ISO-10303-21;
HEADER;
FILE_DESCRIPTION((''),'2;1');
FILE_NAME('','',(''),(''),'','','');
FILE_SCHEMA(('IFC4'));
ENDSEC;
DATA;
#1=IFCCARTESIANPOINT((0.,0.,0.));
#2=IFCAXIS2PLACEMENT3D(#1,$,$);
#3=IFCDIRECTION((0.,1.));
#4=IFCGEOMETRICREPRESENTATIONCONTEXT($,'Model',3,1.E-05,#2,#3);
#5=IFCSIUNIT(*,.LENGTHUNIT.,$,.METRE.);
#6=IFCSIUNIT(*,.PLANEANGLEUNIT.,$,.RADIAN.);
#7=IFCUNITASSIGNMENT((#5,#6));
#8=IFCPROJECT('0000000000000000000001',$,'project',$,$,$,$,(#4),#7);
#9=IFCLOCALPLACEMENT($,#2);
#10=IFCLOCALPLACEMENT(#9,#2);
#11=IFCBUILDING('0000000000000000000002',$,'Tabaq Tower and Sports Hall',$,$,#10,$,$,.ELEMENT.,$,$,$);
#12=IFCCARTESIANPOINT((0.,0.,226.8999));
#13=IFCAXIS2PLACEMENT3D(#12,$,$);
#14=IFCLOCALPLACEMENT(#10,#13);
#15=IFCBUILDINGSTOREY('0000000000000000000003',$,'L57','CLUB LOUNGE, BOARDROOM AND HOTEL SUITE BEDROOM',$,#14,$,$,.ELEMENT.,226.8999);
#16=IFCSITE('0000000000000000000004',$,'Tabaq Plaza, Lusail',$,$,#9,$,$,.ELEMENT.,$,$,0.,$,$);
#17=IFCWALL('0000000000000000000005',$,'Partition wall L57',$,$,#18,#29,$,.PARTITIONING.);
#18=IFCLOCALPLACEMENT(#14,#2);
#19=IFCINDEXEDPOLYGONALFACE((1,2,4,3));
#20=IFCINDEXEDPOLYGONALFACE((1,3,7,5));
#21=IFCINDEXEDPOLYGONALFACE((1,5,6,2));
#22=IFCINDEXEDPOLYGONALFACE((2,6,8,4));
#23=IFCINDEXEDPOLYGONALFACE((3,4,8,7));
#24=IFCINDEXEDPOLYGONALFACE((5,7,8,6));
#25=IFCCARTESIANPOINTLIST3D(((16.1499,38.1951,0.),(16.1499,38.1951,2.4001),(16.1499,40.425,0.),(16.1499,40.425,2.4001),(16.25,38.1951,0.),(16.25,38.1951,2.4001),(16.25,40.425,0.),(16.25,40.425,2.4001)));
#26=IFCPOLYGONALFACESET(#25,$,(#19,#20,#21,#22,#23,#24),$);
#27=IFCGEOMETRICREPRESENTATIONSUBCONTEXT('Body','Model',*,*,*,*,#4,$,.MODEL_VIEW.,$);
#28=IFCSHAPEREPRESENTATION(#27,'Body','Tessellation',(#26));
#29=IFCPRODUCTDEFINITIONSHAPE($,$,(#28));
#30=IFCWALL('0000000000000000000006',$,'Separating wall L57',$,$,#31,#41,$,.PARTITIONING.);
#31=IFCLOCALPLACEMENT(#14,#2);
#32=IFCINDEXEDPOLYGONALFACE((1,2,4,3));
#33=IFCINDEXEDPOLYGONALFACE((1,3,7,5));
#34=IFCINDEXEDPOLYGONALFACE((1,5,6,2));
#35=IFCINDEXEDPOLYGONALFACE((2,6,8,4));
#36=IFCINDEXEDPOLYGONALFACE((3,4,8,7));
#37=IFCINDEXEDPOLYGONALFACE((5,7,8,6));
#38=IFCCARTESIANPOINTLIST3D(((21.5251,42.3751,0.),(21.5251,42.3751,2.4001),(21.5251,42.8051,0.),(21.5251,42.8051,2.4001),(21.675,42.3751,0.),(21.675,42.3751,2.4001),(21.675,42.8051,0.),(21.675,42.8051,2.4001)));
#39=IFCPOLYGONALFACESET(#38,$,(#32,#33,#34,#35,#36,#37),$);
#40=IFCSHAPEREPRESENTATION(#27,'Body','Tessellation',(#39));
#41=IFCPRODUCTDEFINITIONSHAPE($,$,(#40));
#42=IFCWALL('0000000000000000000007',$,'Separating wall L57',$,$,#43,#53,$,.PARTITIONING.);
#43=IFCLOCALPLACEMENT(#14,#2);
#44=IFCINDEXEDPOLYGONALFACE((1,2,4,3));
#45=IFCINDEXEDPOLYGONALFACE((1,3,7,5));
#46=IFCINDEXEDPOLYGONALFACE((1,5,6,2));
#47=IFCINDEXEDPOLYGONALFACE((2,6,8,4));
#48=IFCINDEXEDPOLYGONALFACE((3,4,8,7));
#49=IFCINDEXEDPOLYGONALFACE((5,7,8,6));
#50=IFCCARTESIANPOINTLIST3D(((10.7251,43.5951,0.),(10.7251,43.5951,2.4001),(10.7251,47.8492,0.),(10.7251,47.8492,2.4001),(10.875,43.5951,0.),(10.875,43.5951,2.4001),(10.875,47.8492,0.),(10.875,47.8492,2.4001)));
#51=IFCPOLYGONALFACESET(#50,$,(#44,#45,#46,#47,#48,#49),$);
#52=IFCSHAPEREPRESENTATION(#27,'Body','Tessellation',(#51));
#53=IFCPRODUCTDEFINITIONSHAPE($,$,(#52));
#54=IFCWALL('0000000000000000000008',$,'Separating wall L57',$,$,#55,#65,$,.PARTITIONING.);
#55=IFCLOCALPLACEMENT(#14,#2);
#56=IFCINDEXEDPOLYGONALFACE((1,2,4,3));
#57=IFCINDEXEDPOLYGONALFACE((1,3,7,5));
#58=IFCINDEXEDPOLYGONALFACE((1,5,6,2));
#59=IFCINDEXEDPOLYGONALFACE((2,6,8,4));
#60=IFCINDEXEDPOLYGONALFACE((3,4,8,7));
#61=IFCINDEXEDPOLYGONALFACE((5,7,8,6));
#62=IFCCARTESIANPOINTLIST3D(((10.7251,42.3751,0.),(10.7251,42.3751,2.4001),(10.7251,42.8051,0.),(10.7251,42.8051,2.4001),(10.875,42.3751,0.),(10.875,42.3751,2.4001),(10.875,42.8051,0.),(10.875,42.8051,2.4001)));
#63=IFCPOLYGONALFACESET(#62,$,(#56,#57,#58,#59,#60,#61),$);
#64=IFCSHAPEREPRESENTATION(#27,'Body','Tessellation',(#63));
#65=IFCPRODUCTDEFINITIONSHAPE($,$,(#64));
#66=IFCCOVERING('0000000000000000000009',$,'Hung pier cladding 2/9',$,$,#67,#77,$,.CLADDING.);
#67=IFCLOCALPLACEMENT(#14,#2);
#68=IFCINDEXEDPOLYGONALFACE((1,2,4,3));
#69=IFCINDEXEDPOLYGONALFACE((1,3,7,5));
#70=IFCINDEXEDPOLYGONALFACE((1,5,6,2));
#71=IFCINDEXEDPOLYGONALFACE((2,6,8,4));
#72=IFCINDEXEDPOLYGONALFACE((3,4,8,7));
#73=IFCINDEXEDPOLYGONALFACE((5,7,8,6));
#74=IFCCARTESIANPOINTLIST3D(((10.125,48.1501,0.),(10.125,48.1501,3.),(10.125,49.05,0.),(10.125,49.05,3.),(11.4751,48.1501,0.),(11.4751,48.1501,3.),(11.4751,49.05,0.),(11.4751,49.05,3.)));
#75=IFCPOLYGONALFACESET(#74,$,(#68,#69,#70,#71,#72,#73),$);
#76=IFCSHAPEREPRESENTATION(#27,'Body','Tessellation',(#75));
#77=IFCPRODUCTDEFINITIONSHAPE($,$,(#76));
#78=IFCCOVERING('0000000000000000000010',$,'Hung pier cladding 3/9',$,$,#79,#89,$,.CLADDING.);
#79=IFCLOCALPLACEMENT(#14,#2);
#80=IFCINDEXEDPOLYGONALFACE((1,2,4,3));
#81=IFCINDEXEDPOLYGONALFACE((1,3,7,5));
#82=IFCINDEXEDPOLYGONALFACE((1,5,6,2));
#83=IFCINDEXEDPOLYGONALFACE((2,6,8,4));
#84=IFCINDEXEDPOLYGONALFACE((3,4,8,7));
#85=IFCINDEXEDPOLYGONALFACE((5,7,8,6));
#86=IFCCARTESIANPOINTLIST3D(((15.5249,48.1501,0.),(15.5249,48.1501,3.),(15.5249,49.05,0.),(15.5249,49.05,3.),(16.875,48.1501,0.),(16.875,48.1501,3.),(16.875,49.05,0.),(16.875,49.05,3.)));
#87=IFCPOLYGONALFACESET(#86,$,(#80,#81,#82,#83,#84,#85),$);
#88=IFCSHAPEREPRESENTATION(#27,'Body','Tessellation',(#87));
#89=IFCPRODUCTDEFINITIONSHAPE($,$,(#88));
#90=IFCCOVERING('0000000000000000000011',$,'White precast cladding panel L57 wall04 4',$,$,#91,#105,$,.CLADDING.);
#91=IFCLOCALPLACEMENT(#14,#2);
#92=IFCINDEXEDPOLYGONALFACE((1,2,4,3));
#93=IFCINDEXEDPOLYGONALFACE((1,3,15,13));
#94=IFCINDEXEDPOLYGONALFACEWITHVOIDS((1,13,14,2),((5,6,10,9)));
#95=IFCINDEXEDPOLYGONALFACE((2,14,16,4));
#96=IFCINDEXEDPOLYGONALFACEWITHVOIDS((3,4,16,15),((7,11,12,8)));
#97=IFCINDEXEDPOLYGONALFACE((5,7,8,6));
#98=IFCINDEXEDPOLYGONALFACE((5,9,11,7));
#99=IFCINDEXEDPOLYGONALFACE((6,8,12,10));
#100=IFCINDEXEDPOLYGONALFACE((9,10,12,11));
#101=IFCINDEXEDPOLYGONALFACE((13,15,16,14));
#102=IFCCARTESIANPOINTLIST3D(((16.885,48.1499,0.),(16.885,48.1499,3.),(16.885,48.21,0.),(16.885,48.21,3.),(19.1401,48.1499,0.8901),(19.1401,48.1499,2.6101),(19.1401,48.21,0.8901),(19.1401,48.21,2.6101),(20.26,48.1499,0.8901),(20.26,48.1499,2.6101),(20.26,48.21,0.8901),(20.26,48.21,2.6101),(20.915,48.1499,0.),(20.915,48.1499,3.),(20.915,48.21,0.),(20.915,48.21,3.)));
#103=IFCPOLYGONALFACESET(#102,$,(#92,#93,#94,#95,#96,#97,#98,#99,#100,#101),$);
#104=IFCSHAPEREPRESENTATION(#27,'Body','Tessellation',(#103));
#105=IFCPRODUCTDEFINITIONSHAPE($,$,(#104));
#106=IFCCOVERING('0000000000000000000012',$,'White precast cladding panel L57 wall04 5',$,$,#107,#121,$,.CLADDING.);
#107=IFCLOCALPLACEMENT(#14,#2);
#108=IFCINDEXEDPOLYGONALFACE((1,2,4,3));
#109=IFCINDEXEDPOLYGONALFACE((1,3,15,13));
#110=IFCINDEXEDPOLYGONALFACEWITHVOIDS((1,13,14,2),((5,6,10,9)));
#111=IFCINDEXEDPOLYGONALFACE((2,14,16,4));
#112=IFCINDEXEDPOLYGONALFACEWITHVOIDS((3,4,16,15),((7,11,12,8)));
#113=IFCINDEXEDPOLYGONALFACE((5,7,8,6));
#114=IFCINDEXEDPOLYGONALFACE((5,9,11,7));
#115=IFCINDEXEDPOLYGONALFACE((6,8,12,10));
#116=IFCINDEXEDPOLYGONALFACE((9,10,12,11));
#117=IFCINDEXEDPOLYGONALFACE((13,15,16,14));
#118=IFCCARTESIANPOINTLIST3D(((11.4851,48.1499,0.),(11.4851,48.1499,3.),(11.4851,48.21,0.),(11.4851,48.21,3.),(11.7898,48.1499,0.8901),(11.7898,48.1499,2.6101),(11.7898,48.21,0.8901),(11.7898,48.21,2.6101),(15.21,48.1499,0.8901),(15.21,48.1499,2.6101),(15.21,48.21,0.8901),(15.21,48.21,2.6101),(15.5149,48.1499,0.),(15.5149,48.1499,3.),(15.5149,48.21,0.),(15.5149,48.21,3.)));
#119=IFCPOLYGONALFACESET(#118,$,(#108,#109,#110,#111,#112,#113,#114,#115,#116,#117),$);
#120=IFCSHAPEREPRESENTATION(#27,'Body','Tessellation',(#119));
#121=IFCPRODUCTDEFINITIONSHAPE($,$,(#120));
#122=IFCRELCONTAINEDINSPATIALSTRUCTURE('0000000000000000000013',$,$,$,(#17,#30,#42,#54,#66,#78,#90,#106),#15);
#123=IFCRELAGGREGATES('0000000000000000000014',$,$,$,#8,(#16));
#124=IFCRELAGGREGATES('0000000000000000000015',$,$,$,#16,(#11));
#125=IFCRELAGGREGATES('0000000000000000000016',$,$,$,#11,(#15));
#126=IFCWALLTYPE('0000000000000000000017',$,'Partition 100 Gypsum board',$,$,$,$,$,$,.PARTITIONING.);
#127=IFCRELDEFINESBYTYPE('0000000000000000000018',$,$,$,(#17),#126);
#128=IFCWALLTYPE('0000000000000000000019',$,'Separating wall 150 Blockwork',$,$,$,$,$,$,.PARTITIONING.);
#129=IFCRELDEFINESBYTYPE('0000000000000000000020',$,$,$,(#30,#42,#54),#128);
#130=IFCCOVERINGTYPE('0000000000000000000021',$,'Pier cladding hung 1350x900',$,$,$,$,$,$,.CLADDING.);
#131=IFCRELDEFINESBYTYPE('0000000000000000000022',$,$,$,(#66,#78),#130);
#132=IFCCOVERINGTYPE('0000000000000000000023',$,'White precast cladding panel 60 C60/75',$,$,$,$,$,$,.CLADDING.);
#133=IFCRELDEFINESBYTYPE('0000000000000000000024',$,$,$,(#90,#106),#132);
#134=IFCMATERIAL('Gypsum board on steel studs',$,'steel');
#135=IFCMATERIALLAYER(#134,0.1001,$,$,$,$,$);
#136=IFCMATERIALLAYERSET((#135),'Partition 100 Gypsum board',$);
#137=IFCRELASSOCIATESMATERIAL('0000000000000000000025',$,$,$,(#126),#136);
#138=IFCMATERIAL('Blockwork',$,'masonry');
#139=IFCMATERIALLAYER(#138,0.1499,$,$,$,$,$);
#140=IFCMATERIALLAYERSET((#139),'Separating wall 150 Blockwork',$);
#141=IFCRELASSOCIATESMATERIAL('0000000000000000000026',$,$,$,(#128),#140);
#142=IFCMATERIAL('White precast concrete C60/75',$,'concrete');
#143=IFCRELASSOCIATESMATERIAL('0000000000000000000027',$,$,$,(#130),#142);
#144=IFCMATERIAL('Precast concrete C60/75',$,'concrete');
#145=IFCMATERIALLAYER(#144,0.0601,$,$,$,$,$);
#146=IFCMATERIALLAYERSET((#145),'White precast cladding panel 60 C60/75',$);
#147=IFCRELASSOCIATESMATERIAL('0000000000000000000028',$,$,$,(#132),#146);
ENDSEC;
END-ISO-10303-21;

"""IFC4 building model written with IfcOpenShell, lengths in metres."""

from ifc_helpers import new_model, si_unit, direction, frame, frame_2d, origin, place, context, subcontext, project, spatial, polyline, rectangle, outline, extrude, material, layer, layer_set, type_object, element, save


model = new_model("IFC4")

# Units and contexts
model_context = context("Model", 3, precision=1e-05, world=origin(), true_north=direction((0.0, 1.0)))
body_context = subcontext(model_context, "Body", "Model", "MODEL_VIEW")
ifc_project = project(units=[si_unit("LENGTHUNIT", "METRE"), si_unit("PLANEANGLEUNIT", "RADIAN")], contexts=[model_context])

# Site, building, storey
site_placement = place(None, origin())
site = spatial("IfcSite", under=ifc_project, at=site_placement, Name="Tabaq Plaza, Lusail", CompositionType="ELEMENT", RefElevation=0.0)
building_placement = place(site_placement, origin())
building = spatial("IfcBuilding", under=site, at=building_placement, Name="Tabaq Tower and Sports Hall", CompositionType="ELEMENT")
storey_placement = place(building_placement, frame((0.0, 0.0, 226.8999)))
storey = spatial("IfcBuildingStorey", under=building, at=storey_placement, Name="L57", Description="CLUB LOUNGE, BOARDROOM AND HOTEL SUITE BEDROOM", CompositionType="ELEMENT", Elevation=226.8999)

# Shared definitions
ifc_material_1 = material(Name="Gypsum board on steel studs", Category="steel")
ifc_layer_1 = layer(ifc_material_1, 0.1001)
ifc_layer_set_1 = layer_set([ifc_layer_1], Name="Partition 100 Gypsum board")
wall_type_1 = type_object("IfcWallType", Name="Partition 100 Gypsum board", PredefinedType="PARTITIONING", material=ifc_layer_set_1)

# Walls
wall_1_placement = place(storey_placement, frame((16.2, 40.425, 0.0), z_axis=(0.0, 0.0, 1.0), x_axis=(0.0, -1.0, 0.0)))
element("IfcWall", 1, at=wall_1_placement, inside=storey, type_object=wall_type_1, Name="Partition wall L57", PredefinedType="PARTITIONING", context=body_context, shape_type="SweptSolid", body=[
    extrude(rectangle(XDim=2.23, YDim=0.1001, at=frame_2d((1.115, 0.0))), origin(), (0.0, 0.0, 1.0), 2.4001),
])
ifc_material_2 = material(Name="Blockwork", Category="masonry")
ifc_layer_2 = layer(ifc_material_2, 0.1499)
ifc_layer_set_2 = layer_set([ifc_layer_2], Name="Separating wall 150 Blockwork")
wall_type_2 = type_object("IfcWallType", Name="Separating wall 150 Blockwork", PredefinedType="PARTITIONING", material=ifc_layer_set_2)
wall_2_placement = place(storey_placement, frame((21.6001, 42.8049, 0.0), z_axis=(0.0, 0.0, 1.0), x_axis=(0.0, -1.0, 0.0)))
element("IfcWall", 2, at=wall_2_placement, inside=storey, type_object=wall_type_2, Name="Separating wall L57", PredefinedType="PARTITIONING", context=body_context, shape_type="SweptSolid", body=[
    extrude(rectangle(XDim=0.4299, YDim=0.1499, at=frame_2d((0.2148, 0.0))), origin(), (0.0, 0.0, 1.0), 2.4001),
])
wall_3_placement = place(storey_placement, frame((10.8, 47.8491, 0.0), z_axis=(0.0, 0.0, 1.0), x_axis=(0.0, -1.0, 0.0)))
element("IfcWall", 3, at=wall_3_placement, inside=storey, type_object=wall_type_2, Name="Separating wall L57", PredefinedType="PARTITIONING", context=body_context, shape_type="SweptSolid", body=[
    extrude(rectangle(XDim=4.2542, YDim=0.1499, at=frame_2d((2.127, 0.0))), origin(), (0.0, 0.0, 1.0), 2.4001),
])
wall_4_placement = place(storey_placement, frame((10.8, 42.8049, 0.0), z_axis=(0.0, 0.0, 1.0), x_axis=(0.0, -1.0, 0.0)))
element("IfcWall", 4, at=wall_4_placement, inside=storey, type_object=wall_type_2, Name="Separating wall L57", PredefinedType="PARTITIONING", context=body_context, shape_type="SweptSolid", body=[
    extrude(rectangle(XDim=0.4299, YDim=0.1499, at=frame_2d((0.2148, 0.0))), origin(), (0.0, 0.0, 1.0), 2.4001),
])

# Coverings
ifc_material_3 = material(Name="White precast concrete C60/75", Category="concrete")
covering_type_1 = type_object("IfcCoveringType", Name="Pier cladding hung 1350x900", PredefinedType="CLADDING", material=ifc_material_3)
for number, where, z_axis, x_axis, name in (
    (5, (11.4751, 48.6001, 0.0), (0.0, 0.0, 1.0), (-1.0, 0.0, 0.0), "Hung pier cladding 2/9"),
    (6, (16.875, 48.6001, 0.0), (0.0, 0.0, 1.0), (-1.0, 0.0, 0.0), "Hung pier cladding 3/9"),
):
    element("IfcCovering", number, at=place(storey_placement, frame(where, z_axis=z_axis, x_axis=x_axis)), inside=storey, type_object=covering_type_1, Name=name, PredefinedType="CLADDING", context=body_context, shape_type="SweptSolid", body=[
        extrude(rectangle(XDim=1.3501, YDim=0.8999, at=frame_2d((0.675, 0.0))), origin(), (0.0, 0.0, 1.0), 3.0),
    ])
ifc_material_4 = material(Name="Precast concrete C60/75", Category="concrete")
ifc_layer_3 = layer(ifc_material_4, 0.0601)
ifc_layer_set_3 = layer_set([ifc_layer_3], Name="White precast cladding panel 60 C60/75")
covering_type_2 = type_object("IfcCoveringType", Name="White precast cladding panel 60 C60/75", PredefinedType="CLADDING", material=ifc_layer_set_3)
covering_1_placement = place(storey_placement, frame((20.915, 48.1799, 0.0), z_axis=(0.0, 0.0, 1.0), x_axis=(-1.0, 0.0, 0.0)))
element("IfcCovering", 7, at=covering_1_placement, inside=storey, type_object=covering_type_2, Name="White precast cladding panel L57 wall04 4", PredefinedType="CLADDING", context=body_context, shape_type="SweptSolid", body=[
    extrude(outline(polyline([(0.0, 0.0), (4.03, 0.0), (4.03, 3.0), (0.0, 3.0), (0.0, 0.0)]), holes=[polyline([(0.655, 0.8901), (0.655, 2.6101), (1.7749, 2.6101), (1.7749, 0.8901), (0.655, 0.8901)])]), frame((0.0, 0.03, 0.0), z_axis=(0.0, -1.0, 0.0), x_axis=(1.0, 0.0, 0.0)), (0.0, 0.0, 1.0), 0.0601),
])
covering_2_placement = place(storey_placement, frame((15.5149, 48.1799, 0.0), z_axis=(0.0, 0.0, 1.0), x_axis=(-1.0, 0.0, 0.0)))
element("IfcCovering", 8, at=covering_2_placement, inside=storey, type_object=covering_type_2, Name="White precast cladding panel L57 wall04 5", PredefinedType="CLADDING", context=body_context, shape_type="SweptSolid", body=[
    extrude(outline(polyline([(0.0, 0.0), (4.0298, 0.0), (4.0298, 3.0), (0.0, 3.0), (0.0, 0.0)]), holes=[polyline([(0.3049, 0.8901), (0.3049, 2.6101), (3.7251, 2.6101), (3.7251, 0.8901), (0.3049, 0.8901)])]), frame((0.0, 0.03, 0.0), z_axis=(0.0, -1.0, 0.0), x_axis=(1.0, 0.0, 0.0)), (0.0, 0.0, 1.0), 0.0601),
])

save(model, "model.ifc")
